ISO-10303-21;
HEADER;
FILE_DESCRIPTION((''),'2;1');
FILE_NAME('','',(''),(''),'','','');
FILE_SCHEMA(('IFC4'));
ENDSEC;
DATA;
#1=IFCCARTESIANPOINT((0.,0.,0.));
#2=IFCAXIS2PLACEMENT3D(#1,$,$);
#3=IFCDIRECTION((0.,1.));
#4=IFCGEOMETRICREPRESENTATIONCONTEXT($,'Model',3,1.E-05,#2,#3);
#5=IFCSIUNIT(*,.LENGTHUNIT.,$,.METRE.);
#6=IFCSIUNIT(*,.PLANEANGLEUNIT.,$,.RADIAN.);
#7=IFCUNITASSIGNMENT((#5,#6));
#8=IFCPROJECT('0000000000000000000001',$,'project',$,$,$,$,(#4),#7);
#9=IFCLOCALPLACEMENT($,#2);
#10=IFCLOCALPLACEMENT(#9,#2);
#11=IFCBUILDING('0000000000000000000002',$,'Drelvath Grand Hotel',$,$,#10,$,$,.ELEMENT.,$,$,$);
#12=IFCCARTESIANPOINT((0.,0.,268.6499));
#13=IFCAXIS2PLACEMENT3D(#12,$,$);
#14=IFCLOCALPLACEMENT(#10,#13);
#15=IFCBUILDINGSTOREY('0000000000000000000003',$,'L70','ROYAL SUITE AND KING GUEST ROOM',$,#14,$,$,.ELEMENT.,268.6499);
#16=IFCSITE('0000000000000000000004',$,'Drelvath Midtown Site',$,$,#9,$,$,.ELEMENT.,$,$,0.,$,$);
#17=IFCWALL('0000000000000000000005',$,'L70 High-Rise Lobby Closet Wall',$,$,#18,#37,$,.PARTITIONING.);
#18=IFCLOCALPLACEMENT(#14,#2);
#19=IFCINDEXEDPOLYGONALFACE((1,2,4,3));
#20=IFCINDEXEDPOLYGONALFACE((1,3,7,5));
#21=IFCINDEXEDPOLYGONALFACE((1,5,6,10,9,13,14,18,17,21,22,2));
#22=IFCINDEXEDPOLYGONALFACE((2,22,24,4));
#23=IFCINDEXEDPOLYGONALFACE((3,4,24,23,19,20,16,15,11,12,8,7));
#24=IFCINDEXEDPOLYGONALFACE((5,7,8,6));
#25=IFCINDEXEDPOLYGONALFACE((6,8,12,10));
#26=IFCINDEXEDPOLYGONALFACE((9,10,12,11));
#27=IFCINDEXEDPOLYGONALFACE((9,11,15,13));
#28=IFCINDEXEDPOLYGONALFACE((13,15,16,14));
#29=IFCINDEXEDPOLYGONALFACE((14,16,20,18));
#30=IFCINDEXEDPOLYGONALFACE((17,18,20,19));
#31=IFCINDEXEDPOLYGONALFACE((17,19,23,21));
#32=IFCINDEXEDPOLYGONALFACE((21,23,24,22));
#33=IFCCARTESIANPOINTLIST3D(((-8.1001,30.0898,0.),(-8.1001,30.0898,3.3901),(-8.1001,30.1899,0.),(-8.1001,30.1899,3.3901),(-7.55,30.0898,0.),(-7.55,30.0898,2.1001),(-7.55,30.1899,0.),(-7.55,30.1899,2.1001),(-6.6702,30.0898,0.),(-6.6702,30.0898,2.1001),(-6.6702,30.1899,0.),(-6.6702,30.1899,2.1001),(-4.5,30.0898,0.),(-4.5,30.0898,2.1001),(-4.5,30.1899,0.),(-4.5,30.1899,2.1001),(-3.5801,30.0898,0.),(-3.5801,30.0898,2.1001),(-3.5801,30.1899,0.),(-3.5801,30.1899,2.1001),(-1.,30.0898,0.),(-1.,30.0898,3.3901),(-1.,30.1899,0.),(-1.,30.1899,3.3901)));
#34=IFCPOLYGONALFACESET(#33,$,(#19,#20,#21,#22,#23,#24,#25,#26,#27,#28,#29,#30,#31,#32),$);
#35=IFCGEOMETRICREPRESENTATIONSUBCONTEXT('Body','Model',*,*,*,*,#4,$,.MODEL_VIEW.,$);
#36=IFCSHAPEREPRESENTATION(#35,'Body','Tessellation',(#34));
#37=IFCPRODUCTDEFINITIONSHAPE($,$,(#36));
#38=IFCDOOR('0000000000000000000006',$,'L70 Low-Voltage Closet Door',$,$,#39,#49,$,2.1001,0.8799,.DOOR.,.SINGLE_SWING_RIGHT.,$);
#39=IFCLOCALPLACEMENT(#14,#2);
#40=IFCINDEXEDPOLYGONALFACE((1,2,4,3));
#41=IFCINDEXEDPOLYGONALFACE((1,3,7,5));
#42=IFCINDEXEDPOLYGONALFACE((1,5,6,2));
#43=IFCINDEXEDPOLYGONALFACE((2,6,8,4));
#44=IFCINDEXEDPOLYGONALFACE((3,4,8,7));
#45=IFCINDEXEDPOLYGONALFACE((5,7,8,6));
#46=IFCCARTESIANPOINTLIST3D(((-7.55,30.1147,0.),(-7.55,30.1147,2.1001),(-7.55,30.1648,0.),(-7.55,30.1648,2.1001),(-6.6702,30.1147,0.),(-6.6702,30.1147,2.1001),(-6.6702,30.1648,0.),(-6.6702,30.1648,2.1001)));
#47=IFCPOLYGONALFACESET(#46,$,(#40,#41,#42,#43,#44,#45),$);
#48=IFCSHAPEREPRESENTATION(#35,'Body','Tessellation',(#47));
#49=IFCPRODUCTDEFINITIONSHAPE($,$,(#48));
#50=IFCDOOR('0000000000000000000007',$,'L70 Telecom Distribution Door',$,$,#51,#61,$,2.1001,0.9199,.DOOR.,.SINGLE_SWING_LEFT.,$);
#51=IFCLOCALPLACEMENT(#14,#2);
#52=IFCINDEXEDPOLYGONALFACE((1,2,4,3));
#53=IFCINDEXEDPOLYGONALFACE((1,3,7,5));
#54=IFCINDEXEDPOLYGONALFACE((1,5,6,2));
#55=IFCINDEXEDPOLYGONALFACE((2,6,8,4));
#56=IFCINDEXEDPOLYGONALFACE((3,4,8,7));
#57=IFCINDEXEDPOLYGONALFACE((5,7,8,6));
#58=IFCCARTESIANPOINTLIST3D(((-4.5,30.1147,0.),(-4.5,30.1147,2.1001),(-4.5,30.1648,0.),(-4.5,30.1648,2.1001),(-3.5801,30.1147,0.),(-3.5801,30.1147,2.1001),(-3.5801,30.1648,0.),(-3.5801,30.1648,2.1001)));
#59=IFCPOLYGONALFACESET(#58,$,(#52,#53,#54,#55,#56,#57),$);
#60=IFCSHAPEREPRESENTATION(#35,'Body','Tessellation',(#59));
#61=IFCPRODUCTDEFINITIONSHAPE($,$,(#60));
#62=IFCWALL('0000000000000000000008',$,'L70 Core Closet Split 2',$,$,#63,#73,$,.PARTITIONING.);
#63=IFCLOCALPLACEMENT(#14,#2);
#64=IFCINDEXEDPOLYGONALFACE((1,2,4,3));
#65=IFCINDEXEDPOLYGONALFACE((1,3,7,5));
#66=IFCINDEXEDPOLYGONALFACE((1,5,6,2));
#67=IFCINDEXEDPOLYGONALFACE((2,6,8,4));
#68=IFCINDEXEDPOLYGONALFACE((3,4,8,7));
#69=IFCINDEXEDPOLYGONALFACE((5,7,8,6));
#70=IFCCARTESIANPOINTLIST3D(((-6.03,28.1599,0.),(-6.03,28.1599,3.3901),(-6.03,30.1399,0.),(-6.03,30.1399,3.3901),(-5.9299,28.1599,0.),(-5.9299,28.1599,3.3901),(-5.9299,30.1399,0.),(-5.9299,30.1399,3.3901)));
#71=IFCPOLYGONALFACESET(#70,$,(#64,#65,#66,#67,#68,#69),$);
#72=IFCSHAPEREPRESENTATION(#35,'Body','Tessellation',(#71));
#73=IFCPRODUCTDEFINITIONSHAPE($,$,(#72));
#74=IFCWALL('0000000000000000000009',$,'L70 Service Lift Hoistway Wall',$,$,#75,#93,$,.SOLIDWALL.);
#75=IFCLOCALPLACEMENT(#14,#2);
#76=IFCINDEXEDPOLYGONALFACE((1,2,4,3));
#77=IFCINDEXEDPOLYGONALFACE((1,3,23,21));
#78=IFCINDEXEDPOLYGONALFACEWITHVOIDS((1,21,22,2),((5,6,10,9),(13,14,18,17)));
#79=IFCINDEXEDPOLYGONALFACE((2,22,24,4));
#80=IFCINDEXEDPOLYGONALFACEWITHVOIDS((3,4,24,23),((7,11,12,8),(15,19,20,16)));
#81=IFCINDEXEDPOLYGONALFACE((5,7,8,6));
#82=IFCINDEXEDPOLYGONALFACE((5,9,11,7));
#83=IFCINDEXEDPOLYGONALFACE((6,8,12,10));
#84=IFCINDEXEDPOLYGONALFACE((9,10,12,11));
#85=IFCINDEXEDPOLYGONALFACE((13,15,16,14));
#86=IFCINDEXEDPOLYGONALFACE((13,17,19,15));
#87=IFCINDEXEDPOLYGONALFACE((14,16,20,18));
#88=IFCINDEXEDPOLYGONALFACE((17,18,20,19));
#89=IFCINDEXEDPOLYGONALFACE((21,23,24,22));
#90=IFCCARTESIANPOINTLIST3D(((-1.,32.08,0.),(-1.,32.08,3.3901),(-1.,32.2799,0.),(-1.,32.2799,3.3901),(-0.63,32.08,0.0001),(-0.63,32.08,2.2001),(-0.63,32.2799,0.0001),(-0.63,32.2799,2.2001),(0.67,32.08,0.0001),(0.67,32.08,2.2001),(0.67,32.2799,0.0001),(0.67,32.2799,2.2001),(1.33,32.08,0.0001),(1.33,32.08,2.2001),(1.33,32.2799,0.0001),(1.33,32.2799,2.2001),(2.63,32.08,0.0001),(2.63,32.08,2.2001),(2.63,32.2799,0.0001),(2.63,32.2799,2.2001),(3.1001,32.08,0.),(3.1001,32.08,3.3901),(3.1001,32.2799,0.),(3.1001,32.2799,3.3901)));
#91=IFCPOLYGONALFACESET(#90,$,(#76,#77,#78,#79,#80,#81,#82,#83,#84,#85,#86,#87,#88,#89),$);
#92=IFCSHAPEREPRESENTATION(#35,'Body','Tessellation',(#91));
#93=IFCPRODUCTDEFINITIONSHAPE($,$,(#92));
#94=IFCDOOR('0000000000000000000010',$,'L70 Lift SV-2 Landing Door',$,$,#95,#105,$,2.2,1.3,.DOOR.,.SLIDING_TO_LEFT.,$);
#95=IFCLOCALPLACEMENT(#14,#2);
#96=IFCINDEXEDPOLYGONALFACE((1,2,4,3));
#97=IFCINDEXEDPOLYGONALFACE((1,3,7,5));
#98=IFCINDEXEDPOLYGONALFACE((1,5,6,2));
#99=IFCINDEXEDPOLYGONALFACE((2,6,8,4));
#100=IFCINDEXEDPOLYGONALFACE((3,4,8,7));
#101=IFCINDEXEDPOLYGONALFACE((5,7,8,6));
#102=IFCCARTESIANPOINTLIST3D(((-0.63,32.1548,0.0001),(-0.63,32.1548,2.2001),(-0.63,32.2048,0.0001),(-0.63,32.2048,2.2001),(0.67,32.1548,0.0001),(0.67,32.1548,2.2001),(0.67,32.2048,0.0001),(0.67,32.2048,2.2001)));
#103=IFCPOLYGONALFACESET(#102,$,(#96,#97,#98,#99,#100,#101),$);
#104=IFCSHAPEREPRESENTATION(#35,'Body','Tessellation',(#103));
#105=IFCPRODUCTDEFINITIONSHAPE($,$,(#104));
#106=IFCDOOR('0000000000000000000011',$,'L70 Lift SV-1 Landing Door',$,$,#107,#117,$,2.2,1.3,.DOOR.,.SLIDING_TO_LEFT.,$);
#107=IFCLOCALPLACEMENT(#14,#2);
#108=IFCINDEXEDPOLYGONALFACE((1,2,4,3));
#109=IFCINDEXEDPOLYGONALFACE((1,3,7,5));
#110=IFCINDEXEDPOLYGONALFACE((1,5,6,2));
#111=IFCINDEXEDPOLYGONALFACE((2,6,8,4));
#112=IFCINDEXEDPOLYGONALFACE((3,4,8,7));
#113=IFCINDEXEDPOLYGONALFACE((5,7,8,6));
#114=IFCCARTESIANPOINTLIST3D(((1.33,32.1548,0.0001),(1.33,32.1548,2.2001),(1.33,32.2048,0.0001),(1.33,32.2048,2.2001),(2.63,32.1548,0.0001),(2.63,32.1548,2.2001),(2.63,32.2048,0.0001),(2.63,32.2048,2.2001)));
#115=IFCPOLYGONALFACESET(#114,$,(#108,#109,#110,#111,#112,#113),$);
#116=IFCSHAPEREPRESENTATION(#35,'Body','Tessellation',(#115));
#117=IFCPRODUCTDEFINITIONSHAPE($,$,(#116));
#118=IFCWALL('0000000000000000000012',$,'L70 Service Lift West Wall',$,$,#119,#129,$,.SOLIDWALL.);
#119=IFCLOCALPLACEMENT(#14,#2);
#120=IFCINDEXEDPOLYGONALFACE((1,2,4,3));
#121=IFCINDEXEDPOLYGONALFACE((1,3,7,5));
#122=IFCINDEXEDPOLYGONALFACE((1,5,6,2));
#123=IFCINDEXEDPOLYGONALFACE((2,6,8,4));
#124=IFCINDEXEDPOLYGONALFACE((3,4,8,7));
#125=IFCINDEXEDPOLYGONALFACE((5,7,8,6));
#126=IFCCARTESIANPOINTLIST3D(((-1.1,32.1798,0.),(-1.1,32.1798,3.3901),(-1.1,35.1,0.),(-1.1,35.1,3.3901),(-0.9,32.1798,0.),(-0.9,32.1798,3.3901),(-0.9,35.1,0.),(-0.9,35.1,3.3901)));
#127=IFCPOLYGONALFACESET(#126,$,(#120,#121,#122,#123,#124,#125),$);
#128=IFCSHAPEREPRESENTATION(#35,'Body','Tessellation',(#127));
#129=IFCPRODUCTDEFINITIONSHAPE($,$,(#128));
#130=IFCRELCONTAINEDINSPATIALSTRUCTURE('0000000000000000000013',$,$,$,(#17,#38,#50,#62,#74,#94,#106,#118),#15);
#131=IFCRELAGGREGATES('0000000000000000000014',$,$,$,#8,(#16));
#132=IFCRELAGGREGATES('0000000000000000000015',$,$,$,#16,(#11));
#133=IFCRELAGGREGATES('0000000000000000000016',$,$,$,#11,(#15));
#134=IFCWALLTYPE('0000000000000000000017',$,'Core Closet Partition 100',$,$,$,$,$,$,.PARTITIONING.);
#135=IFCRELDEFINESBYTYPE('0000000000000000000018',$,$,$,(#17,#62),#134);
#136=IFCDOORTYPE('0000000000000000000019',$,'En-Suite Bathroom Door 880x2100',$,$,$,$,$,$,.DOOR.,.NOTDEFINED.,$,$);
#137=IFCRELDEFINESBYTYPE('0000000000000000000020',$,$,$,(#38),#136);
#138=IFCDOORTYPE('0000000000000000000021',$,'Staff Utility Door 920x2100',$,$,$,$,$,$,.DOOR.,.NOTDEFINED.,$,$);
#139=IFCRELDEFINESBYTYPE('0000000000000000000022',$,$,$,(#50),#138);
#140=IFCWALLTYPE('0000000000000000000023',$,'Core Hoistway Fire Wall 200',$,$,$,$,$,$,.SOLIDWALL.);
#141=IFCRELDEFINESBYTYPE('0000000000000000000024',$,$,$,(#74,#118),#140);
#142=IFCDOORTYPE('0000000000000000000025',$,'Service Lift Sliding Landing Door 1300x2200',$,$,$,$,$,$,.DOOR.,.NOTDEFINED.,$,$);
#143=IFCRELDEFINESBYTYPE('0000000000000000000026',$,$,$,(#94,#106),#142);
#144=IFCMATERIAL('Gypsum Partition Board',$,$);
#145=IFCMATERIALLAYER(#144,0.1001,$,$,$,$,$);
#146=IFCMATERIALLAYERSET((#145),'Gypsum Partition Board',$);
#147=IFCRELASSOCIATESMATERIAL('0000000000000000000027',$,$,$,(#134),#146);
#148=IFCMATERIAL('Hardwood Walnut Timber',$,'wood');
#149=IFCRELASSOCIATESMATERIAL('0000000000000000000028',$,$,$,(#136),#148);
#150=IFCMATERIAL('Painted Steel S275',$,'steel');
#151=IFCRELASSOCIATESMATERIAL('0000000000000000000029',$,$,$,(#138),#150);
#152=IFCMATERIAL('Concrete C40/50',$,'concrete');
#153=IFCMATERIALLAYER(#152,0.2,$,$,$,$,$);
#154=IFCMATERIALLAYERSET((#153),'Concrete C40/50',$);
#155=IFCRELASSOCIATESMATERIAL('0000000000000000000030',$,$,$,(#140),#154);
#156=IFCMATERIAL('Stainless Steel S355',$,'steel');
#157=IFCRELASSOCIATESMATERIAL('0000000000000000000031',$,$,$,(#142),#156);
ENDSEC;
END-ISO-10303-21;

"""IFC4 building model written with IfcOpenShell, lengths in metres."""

from ifc_helpers import new_model, si_unit, direction, frame, frame_2d, origin, place, context, subcontext, project, spatial, rectangle, extrude, material, layer, layer_set, type_object, element, fill, save


model = new_model("IFC4")

# Units and contexts
model_context = context("Model", 3, precision=1e-05, world=origin(), true_north=direction((0.0, 1.0)))
body_context = subcontext(model_context, "Body", "Model", "MODEL_VIEW")
ifc_project = project(units=[si_unit("LENGTHUNIT", "METRE"), si_unit("PLANEANGLEUNIT", "RADIAN")], contexts=[model_context])

# Site, building, storey
site_placement = place(None, origin())
site = spatial("IfcSite", under=ifc_project, at=site_placement, Name="Drelvath Midtown Site", CompositionType="ELEMENT", RefElevation=0.0)
building_placement = place(site_placement, origin())
building = spatial("IfcBuilding", under=site, at=building_placement, Name="Drelvath Grand Hotel", CompositionType="ELEMENT")
storey_placement = place(building_placement, frame((0.0, 0.0, 268.6499)))
storey = spatial("IfcBuildingStorey", under=building, at=storey_placement, Name="L70", Description="ROYAL SUITE AND KING GUEST ROOM", CompositionType="ELEMENT", Elevation=268.6499)

# Wall, openings, doors
ifc_material_1 = material(Name="Gypsum Partition Board")
ifc_layer_1 = layer(ifc_material_1, 0.1001)
ifc_layer_set_1 = layer_set([ifc_layer_1], Name="Gypsum Partition Board")
wall_type_1 = type_object("IfcWallType", Name="Core Closet Partition 100", PredefinedType="PARTITIONING", material=ifc_layer_set_1)
wall_1_placement = place(storey_placement, frame((-8.1001, 30.1399, 0.0), z_axis=(0.0, 0.0, 1.0), x_axis=(1.0, 0.0, 0.0)))
wall_1 = element("IfcWall", 1, at=wall_1_placement, inside=storey, type_object=wall_type_1, Name="L70 High-Rise Lobby Closet Wall", PredefinedType="PARTITIONING", context=body_context, shape_type="SweptSolid", body=[
    extrude(rectangle(XDim=7.1001, YDim=0.1001, at=frame_2d((3.55, 0.0))), origin(), (0.0, 0.0, 1.0), 3.3901),
])
opening_1_placement = place(wall_1_placement, frame((0.55, 0.0, 0.0)))
opening_1 = element("IfcOpeningElement", 2, at=opening_1_placement, cuts=wall_1, PredefinedType="OPENING", context=body_context, shape_type="SweptSolid", body=[
    extrude(rectangle(XDim=0.8799, YDim=2.1001, at=frame_2d((0.4399, 1.05))), frame((0.0, 0.0601, 0.0), z_axis=(0.0, -1.0, 0.0), x_axis=(1.0, 0.0, 0.0)), (0.0, 0.0, 1.0), 0.1201),
])
opening_2_placement = place(wall_1_placement, frame((3.6001, 0.0, 0.0)))
opening_2 = element("IfcOpeningElement", 3, at=opening_2_placement, cuts=wall_1, PredefinedType="OPENING", context=body_context, shape_type="SweptSolid", body=[
    extrude(rectangle(XDim=0.9199, YDim=2.1001, at=frame_2d((0.46, 1.05))), frame((0.0, 0.0601, 0.0), z_axis=(0.0, -1.0, 0.0), x_axis=(1.0, 0.0, 0.0)), (0.0, 0.0, 1.0), 0.1201),
])
ifc_material_2 = material(Name="Hardwood Walnut Timber", Category="wood")
door_type_1 = type_object("IfcDoorType", Name="En-Suite Bathroom Door 880x2100", OperationType="NOTDEFINED", PredefinedType="DOOR", material=ifc_material_2)
door_1_placement = place(opening_1_placement, origin())
door_1 = element("IfcDoor", 4, at=door_1_placement, inside=storey, type_object=door_type_1, Name="L70 Low-Voltage Closet Door", OperationType="SINGLE_SWING_RIGHT", OverallHeight=2.1001, OverallWidth=0.8799, PredefinedType="DOOR", context=body_context, shape_type="SweptSolid", body=[
    extrude(rectangle(XDim=0.8799, YDim=2.1001, at=frame_2d((0.4399, 1.05))), frame((0.0, 0.0249, 0.0), z_axis=(0.0, -1.0, 0.0), x_axis=(1.0, 0.0, 0.0)), (0.0, 0.0, 1.0), 0.05),
])
fill(opening_1, door_1)
ifc_material_3 = material(Name="Painted Steel S275", Category="steel")
door_type_2 = type_object("IfcDoorType", Name="Staff Utility Door 920x2100", OperationType="NOTDEFINED", PredefinedType="DOOR", material=ifc_material_3)
door_2_placement = place(opening_2_placement, origin())
door_2 = element("IfcDoor", 5, at=door_2_placement, inside=storey, type_object=door_type_2, Name="L70 Telecom Distribution Door", OperationType="SINGLE_SWING_LEFT", OverallHeight=2.1001, OverallWidth=0.9199, PredefinedType="DOOR", context=body_context, shape_type="SweptSolid", body=[
    extrude(rectangle(XDim=0.9199, YDim=2.1001, at=frame_2d((0.46, 1.05))), frame((0.0, 0.0249, 0.0), z_axis=(0.0, -1.0, 0.0), x_axis=(1.0, 0.0, 0.0)), (0.0, 0.0, 1.0), 0.05),
])
fill(opening_2, door_2)

# Wall
wall_2_placement = place(storey_placement, frame((-5.98, 28.1599, 0.0), z_axis=(0.0, 0.0, 1.0), x_axis=(0.0, 1.0, 0.0)))
element("IfcWall", 6, at=wall_2_placement, inside=storey, type_object=wall_type_1, Name="L70 Core Closet Split 2", PredefinedType="PARTITIONING", context=body_context, shape_type="SweptSolid", body=[
    extrude(rectangle(XDim=1.98, YDim=0.1001, at=frame_2d((0.99, 0.0))), origin(), (0.0, 0.0, 1.0), 3.3901),
])

# Wall, openings, doors
ifc_material_4 = material(Name="Concrete C40/50", Category="concrete")
ifc_layer_2 = layer(ifc_material_4, 0.2)
ifc_layer_set_2 = layer_set([ifc_layer_2], Name="Concrete C40/50")
wall_type_2 = type_object("IfcWallType", Name="Core Hoistway Fire Wall 200", PredefinedType="SOLIDWALL", material=ifc_layer_set_2)
wall_3_placement = place(storey_placement, frame((-1.0, 32.1799, 0.0), z_axis=(0.0, 0.0, 1.0), x_axis=(1.0, 0.0, 0.0)))
wall_3 = element("IfcWall", 7, at=wall_3_placement, inside=storey, type_object=wall_type_2, Name="L70 Service Lift Hoistway Wall", PredefinedType="SOLIDWALL", context=body_context, shape_type="SweptSolid", body=[
    extrude(rectangle(XDim=4.1001, YDim=0.2, at=frame_2d((2.05, 0.0))), origin(), (0.0, 0.0, 1.0), 3.3901),
])
opening_3_placement = place(wall_3_placement, frame((0.3701, 0.0, 0.0)))
opening_3 = element("IfcOpeningElement", 8, at=opening_3_placement, cuts=wall_3, PredefinedType="OPENING", context=body_context, shape_type="SweptSolid", body=[
    extrude(rectangle(XDim=1.3, YDim=2.2, at=frame_2d((0.6499, 1.1001))), frame((0.0, 0.1099, 0.0), z_axis=(0.0, -1.0, 0.0), x_axis=(1.0, 0.0, 0.0)), (0.0, 0.0, 1.0), 0.22),
])
opening_4_placement = place(wall_3_placement, frame((2.3301, 0.0, 0.0)))
opening_4 = element("IfcOpeningElement", 9, at=opening_4_placement, cuts=wall_3, PredefinedType="OPENING", context=body_context, shape_type="SweptSolid", body=[
    extrude(rectangle(XDim=1.3, YDim=2.2, at=frame_2d((0.6499, 1.1001))), frame((0.0, 0.1099, 0.0), z_axis=(0.0, -1.0, 0.0), x_axis=(1.0, 0.0, 0.0)), (0.0, 0.0, 1.0), 0.22),
])
ifc_material_5 = material(Name="Stainless Steel S355", Category="steel")
door_type_3 = type_object("IfcDoorType", Name="Service Lift Sliding Landing Door 1300x2200", OperationType="NOTDEFINED", PredefinedType="DOOR", material=ifc_material_5)
door_3_placement = place(opening_3_placement, origin())
door_3 = element("IfcDoor", 10, at=door_3_placement, inside=storey, type_object=door_type_3, Name="L70 Lift SV-2 Landing Door", OperationType="SLIDING_TO_LEFT", OverallHeight=2.2, OverallWidth=1.3, PredefinedType="DOOR", context=body_context, shape_type="SweptSolid", body=[
    extrude(rectangle(XDim=1.3, YDim=2.2, at=frame_2d((0.6499, 1.1001))), frame((0.0, 0.0249, 0.0), z_axis=(0.0, -1.0, 0.0), x_axis=(1.0, 0.0, 0.0)), (0.0, 0.0, 1.0), 0.05),
])
fill(opening_3, door_3)
door_4_placement = place(opening_4_placement, origin())
door_4 = element("IfcDoor", 11, at=door_4_placement, inside=storey, type_object=door_type_3, Name="L70 Lift SV-1 Landing Door", OperationType="SLIDING_TO_LEFT", OverallHeight=2.2, OverallWidth=1.3, PredefinedType="DOOR", context=body_context, shape_type="SweptSolid", body=[
    extrude(rectangle(XDim=1.3, YDim=2.2, at=frame_2d((0.6499, 1.1001))), frame((0.0, 0.0249, 0.0), z_axis=(0.0, -1.0, 0.0), x_axis=(1.0, 0.0, 0.0)), (0.0, 0.0, 1.0), 0.05),
])
fill(opening_4, door_4)

# Wall
wall_4_placement = place(storey_placement, frame((-1.0, 32.1799, 0.0), z_axis=(0.0, 0.0, 1.0), x_axis=(0.0, 1.0, 0.0)))
element("IfcWall", 12, at=wall_4_placement, inside=storey, type_object=wall_type_2, Name="L70 Service Lift West Wall", PredefinedType="SOLIDWALL", context=body_context, shape_type="SweptSolid", body=[
    extrude(rectangle(XDim=2.9202, YDim=0.2, at=frame_2d((1.46, 0.0))), origin(), (0.0, 0.0, 1.0), 3.3901),
])

save(model, "model.ifc")
